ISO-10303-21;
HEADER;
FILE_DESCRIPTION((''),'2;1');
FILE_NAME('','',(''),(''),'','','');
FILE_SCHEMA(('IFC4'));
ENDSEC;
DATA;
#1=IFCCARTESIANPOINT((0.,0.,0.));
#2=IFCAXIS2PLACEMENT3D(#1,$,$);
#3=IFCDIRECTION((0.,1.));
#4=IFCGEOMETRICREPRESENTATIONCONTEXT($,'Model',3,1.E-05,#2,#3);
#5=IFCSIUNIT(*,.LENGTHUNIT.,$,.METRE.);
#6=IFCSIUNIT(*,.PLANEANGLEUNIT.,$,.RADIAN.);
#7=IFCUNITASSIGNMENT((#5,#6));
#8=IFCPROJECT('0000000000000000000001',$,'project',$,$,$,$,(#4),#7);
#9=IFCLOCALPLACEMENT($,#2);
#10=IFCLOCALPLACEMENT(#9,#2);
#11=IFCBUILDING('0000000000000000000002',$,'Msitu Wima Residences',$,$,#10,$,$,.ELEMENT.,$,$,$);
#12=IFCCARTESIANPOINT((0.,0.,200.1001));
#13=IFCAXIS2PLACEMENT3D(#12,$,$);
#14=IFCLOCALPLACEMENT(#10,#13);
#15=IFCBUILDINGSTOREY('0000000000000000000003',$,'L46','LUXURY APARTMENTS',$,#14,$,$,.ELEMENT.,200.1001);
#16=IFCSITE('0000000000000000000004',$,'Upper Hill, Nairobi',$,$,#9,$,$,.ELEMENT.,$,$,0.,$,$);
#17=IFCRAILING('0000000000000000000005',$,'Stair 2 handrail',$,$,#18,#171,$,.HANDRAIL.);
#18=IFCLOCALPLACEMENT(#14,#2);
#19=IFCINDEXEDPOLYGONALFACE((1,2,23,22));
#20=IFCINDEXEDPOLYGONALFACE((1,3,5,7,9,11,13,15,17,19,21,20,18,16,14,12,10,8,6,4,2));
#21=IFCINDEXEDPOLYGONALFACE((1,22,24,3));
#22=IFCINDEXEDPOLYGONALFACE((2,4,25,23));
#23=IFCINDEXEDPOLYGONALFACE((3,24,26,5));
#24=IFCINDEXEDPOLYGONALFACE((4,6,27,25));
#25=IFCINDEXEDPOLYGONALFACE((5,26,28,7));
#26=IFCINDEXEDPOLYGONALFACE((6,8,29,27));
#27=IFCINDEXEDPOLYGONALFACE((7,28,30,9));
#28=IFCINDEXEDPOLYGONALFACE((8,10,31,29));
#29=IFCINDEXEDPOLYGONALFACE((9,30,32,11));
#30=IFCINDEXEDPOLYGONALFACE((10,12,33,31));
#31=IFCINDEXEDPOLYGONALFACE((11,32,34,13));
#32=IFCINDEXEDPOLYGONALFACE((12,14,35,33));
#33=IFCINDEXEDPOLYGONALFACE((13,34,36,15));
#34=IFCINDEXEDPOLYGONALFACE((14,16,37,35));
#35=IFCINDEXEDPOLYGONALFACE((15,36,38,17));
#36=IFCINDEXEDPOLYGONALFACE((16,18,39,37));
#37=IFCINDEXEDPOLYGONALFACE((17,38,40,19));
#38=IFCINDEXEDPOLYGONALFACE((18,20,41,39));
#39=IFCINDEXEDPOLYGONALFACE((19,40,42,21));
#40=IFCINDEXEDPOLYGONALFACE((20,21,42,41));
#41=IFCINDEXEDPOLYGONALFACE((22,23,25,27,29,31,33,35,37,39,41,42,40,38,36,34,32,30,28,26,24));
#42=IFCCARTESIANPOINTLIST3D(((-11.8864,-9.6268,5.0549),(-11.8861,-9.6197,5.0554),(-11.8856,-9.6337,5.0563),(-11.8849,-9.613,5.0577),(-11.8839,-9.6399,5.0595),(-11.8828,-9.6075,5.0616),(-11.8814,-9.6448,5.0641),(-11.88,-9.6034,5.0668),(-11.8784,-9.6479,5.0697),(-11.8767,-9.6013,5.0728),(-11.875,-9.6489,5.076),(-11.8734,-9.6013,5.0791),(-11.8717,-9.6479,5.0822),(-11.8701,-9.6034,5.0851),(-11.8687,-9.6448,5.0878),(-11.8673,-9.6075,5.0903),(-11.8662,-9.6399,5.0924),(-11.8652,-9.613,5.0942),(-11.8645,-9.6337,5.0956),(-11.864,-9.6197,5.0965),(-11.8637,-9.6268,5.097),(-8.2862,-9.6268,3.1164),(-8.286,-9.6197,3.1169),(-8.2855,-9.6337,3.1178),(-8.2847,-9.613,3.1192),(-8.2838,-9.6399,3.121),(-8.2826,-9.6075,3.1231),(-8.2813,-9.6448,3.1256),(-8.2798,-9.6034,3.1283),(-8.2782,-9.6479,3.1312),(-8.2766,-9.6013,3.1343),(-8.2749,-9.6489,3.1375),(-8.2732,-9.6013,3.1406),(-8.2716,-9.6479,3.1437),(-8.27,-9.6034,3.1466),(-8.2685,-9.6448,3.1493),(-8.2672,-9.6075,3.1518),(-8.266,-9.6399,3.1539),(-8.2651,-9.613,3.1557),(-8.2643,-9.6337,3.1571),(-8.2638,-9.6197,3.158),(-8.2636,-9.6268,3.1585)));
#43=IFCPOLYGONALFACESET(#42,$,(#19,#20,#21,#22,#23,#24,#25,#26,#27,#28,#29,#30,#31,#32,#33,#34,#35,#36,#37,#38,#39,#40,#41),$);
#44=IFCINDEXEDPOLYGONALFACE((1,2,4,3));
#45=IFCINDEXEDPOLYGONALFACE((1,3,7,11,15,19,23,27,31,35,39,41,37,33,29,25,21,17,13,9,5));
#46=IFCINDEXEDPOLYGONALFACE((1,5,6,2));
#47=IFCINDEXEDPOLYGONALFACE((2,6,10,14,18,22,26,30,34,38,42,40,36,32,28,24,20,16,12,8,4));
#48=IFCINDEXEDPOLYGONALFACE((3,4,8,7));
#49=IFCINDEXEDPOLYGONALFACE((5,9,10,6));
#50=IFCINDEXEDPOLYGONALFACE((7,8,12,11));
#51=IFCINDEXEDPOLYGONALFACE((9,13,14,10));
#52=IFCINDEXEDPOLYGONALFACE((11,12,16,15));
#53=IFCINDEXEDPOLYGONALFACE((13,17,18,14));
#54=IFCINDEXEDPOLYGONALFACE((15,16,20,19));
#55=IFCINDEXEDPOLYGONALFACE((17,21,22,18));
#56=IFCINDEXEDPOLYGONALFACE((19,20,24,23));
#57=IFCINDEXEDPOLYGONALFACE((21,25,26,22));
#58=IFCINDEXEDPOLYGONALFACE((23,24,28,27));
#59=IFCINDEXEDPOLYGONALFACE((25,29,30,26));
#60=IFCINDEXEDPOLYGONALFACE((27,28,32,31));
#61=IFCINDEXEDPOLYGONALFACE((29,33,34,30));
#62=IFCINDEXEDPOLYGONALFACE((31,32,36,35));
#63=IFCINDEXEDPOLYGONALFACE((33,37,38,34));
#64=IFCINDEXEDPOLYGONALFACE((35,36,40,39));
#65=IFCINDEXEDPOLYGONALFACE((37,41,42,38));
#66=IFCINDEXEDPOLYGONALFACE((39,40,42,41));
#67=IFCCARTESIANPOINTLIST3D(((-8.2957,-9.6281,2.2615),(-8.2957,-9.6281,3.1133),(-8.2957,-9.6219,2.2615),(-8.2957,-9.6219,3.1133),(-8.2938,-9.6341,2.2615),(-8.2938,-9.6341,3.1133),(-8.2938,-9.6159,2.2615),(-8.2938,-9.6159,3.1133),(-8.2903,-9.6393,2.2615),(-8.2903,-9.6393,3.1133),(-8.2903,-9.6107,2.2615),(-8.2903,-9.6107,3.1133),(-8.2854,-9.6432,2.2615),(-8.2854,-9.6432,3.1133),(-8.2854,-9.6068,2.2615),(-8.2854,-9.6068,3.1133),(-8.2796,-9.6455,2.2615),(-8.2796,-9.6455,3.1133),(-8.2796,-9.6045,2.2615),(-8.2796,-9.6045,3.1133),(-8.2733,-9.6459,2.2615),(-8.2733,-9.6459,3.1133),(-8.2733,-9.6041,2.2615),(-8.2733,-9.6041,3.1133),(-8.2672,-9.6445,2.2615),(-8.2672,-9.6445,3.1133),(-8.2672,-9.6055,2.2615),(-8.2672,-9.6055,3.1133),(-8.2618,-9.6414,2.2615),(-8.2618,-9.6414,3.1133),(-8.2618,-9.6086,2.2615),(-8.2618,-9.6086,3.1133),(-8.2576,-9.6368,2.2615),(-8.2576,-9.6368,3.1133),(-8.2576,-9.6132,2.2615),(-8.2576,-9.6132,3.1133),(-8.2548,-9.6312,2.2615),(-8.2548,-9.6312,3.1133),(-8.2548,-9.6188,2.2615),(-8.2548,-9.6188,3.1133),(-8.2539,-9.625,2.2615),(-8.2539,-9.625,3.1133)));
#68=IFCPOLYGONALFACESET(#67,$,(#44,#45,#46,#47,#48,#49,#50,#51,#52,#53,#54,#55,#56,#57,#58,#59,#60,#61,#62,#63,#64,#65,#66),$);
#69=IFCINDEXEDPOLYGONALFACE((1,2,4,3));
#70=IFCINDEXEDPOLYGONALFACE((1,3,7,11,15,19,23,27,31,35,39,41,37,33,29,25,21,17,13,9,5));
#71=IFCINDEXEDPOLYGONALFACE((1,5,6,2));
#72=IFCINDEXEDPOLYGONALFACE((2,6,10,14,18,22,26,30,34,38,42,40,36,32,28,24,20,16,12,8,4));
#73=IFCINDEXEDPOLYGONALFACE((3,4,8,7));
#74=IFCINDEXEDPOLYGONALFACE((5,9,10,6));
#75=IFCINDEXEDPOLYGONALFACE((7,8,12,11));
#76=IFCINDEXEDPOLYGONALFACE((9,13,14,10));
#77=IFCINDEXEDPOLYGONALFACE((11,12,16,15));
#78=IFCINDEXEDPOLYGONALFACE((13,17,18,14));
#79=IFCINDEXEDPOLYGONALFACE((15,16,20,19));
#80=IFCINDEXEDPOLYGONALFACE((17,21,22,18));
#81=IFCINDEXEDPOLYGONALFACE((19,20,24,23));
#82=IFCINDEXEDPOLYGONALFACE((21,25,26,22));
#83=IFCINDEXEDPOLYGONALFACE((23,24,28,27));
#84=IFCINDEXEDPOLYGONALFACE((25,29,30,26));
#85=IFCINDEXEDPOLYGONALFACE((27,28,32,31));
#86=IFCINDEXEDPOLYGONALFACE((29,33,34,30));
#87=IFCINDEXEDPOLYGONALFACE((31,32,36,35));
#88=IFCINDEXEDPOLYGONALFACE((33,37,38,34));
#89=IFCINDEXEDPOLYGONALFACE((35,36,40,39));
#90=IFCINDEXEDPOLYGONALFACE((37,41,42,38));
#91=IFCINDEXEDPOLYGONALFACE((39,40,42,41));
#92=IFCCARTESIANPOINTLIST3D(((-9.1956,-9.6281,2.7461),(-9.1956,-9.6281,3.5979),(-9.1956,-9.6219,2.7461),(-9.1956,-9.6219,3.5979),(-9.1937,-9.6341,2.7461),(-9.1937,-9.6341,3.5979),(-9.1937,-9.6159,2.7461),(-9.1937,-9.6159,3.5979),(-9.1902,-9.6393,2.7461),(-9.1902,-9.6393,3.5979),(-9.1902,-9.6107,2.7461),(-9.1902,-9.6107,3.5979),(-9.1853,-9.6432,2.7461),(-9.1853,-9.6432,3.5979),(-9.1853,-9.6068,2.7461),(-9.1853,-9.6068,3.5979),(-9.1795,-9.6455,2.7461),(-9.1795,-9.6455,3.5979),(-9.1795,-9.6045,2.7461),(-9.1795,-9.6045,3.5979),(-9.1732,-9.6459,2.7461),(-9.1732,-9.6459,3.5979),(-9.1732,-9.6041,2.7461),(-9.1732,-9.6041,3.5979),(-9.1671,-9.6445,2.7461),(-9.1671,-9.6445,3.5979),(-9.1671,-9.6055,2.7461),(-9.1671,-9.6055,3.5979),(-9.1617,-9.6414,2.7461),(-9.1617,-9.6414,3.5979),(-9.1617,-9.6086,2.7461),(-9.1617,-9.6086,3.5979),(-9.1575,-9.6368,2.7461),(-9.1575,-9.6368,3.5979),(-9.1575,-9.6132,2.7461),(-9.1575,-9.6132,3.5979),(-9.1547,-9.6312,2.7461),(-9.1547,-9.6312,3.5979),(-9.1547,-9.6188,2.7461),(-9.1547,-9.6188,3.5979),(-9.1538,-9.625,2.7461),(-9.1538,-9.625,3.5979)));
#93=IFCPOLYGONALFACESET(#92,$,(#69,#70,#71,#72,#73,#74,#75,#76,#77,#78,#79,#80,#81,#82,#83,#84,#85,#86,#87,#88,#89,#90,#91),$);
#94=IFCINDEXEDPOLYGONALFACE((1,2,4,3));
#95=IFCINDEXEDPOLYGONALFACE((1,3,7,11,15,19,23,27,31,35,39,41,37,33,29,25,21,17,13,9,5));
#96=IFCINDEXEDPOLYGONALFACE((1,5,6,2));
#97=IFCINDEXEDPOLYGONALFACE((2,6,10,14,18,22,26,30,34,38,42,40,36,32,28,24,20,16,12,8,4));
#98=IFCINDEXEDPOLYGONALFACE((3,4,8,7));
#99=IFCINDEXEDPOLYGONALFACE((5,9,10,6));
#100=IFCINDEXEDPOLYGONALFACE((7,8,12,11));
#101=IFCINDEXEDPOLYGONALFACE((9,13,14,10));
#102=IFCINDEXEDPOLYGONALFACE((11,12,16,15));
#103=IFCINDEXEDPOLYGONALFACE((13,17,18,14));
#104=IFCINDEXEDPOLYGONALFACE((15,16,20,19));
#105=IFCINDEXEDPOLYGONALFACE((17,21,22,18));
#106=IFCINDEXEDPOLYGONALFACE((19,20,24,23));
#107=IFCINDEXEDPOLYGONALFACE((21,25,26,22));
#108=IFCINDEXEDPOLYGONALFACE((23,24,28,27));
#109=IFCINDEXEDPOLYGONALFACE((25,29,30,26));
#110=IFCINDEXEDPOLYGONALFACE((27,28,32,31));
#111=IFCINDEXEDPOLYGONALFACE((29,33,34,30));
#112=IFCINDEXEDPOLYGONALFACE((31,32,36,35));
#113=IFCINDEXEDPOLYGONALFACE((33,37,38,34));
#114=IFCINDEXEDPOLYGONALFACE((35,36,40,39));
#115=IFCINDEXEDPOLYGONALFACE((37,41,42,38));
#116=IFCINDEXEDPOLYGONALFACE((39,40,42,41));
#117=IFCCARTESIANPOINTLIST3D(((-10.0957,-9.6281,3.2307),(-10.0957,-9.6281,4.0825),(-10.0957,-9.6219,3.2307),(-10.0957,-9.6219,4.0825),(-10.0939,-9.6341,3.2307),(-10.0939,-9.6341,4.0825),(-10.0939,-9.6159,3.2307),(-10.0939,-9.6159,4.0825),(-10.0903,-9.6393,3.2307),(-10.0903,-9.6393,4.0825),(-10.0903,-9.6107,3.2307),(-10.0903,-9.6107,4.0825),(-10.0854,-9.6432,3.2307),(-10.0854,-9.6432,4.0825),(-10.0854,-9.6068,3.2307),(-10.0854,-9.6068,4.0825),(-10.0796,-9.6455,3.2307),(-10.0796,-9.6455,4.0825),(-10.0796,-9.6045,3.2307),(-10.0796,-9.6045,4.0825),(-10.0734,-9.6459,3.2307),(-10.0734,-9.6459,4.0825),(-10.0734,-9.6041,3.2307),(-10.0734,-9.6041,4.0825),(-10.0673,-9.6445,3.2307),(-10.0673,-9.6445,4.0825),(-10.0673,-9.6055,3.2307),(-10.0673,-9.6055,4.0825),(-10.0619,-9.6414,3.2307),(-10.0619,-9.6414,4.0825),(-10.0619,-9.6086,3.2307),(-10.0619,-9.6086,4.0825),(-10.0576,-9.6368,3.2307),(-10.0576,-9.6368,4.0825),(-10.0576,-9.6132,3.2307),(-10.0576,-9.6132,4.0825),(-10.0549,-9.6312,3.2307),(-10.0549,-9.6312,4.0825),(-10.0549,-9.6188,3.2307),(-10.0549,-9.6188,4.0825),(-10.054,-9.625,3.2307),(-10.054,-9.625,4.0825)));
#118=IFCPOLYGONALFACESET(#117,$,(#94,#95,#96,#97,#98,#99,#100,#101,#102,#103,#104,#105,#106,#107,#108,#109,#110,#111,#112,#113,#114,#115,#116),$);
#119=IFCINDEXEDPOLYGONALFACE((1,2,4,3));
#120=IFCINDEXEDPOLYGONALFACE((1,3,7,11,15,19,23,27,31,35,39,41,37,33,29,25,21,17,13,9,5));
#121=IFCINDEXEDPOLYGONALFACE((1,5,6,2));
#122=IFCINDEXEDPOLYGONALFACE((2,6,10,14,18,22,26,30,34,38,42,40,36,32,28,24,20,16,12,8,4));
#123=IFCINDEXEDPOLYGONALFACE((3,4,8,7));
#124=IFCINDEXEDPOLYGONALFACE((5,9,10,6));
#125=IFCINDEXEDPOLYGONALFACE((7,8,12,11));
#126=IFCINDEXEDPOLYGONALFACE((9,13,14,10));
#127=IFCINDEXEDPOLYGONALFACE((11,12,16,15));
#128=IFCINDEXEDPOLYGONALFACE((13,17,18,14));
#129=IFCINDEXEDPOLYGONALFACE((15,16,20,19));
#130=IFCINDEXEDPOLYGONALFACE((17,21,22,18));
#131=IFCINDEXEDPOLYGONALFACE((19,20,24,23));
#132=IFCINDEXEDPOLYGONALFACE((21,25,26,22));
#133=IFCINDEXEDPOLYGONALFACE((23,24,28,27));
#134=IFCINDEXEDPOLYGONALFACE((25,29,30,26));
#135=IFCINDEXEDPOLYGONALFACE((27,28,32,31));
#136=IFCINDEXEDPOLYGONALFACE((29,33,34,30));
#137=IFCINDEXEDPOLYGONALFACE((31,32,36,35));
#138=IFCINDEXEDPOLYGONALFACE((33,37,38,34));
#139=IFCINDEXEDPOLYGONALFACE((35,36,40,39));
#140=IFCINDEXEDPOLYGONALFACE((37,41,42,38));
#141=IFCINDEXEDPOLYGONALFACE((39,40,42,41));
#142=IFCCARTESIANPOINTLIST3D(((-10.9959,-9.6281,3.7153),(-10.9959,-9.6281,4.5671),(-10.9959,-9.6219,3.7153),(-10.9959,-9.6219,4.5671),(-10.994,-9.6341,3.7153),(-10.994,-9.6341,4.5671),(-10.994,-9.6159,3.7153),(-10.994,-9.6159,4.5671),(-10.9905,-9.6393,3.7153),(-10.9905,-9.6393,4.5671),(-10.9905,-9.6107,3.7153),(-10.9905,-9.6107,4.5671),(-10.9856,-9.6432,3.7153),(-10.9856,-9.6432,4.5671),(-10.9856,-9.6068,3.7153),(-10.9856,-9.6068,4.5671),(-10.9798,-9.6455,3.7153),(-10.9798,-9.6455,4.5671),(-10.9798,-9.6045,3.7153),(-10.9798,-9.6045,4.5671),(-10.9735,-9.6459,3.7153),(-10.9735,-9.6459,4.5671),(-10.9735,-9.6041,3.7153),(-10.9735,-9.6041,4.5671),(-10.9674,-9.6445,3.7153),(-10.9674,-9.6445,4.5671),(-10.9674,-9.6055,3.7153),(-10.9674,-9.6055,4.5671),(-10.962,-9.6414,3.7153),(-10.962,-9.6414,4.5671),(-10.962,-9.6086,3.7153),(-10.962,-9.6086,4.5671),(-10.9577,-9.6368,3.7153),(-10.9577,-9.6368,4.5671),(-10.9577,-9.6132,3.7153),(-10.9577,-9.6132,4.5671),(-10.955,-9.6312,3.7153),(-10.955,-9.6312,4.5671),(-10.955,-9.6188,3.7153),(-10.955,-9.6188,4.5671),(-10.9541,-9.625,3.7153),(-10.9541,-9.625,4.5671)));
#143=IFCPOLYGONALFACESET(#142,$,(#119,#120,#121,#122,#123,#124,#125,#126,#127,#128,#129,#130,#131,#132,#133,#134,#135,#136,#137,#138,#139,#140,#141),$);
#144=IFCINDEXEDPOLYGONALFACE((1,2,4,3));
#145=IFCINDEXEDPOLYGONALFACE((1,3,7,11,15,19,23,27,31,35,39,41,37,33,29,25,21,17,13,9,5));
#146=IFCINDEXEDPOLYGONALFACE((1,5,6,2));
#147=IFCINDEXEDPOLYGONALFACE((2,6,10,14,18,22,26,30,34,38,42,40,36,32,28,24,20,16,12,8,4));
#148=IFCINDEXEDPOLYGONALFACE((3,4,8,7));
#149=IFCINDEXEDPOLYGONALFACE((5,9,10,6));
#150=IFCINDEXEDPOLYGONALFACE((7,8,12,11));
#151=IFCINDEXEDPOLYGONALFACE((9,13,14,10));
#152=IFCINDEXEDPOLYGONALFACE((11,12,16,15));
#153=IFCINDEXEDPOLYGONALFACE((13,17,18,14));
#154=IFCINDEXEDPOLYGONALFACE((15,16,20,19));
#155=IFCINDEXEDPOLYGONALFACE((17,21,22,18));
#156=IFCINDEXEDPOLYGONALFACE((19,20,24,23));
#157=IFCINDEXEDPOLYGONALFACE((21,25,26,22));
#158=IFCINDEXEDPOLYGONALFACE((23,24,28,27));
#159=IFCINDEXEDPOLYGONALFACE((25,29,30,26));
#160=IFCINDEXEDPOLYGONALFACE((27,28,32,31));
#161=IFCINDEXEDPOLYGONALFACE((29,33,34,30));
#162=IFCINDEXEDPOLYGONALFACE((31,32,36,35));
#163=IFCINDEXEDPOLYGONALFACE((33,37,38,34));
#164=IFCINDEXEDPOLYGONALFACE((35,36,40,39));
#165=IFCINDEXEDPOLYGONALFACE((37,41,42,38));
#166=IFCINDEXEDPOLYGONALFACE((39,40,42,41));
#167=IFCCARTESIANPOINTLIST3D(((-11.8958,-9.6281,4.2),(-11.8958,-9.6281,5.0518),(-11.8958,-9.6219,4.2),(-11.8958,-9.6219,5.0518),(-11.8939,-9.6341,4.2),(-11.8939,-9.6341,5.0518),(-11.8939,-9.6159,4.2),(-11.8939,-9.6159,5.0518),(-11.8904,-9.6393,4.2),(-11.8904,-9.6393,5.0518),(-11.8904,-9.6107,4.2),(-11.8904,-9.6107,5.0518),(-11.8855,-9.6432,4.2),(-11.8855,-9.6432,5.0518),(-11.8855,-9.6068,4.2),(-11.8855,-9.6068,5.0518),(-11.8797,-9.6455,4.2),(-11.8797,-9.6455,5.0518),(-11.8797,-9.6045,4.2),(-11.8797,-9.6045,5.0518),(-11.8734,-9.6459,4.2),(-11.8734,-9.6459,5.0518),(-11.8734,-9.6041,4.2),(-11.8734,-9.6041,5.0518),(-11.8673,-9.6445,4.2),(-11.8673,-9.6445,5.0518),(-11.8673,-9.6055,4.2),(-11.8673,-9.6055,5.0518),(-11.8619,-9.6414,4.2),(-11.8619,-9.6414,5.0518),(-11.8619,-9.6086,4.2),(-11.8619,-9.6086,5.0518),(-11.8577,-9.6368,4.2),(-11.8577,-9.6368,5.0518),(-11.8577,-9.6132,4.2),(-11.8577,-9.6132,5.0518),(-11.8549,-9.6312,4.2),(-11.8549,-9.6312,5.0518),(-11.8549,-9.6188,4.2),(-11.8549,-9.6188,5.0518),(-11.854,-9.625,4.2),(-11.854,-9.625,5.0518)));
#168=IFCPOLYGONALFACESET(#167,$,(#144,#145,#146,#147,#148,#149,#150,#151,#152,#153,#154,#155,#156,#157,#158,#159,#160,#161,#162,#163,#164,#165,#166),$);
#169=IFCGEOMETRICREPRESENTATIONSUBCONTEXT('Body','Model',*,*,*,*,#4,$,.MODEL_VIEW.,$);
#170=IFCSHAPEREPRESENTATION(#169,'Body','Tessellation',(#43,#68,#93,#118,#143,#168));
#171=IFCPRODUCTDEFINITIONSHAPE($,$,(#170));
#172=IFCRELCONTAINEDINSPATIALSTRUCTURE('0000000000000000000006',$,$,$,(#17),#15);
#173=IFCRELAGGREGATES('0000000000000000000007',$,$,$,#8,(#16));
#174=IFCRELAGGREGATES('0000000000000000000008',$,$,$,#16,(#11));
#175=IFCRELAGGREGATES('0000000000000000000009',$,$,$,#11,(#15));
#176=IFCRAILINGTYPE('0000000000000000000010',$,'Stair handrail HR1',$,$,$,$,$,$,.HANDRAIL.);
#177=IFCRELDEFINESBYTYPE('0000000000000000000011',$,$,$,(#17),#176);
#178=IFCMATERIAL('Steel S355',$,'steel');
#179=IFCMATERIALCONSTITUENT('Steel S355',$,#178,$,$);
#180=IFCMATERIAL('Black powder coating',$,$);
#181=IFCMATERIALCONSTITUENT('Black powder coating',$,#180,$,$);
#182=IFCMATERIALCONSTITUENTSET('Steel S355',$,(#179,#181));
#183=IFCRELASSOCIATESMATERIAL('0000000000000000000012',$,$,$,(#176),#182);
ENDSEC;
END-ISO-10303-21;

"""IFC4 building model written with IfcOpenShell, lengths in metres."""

from ifc_helpers import new_model, si_unit, direction, frame, origin, origin_2d, place, context, subcontext, project, spatial, circle, extrude, material, constituent, constituent_set, type_object, element, save


model = new_model("IFC4")

# Units and contexts
model_context = context("Model", 3, precision=1e-05, world=origin(), true_north=direction((0.0, 1.0)))
body_context = subcontext(model_context, "Body", "Model", "MODEL_VIEW")
ifc_project = project(units=[si_unit("LENGTHUNIT", "METRE"), si_unit("PLANEANGLEUNIT", "RADIAN")], contexts=[model_context])

# Site, building, storey
site_placement = place(None, origin())
site = spatial("IfcSite", under=ifc_project, at=site_placement, Name="Upper Hill, Nairobi", CompositionType="ELEMENT", RefElevation=0.0)
building_placement = place(site_placement, origin())
building = spatial("IfcBuilding", under=site, at=building_placement, Name="Msitu Wima Residences", CompositionType="ELEMENT")
storey_placement = place(building_placement, frame((0.0, 0.0, 200.1001)))
storey = spatial("IfcBuildingStorey", under=building, at=storey_placement, Name="L46", Description="LUXURY APARTMENTS", CompositionType="ELEMENT", Elevation=200.1001)

# Railing
ifc_material_1 = material(Name="Steel S355", Category="steel")
ifc_constituent_1 = constituent(ifc_material_1, Name="Steel S355")
ifc_material_2 = material(Name="Black powder coating")
ifc_constituent_2 = constituent(ifc_material_2, Name="Black powder coating")
ifc_constituent_set = constituent_set(constituents=[ifc_constituent_1, ifc_constituent_2], Name="Steel S355")
railing_type = type_object("IfcRailingType", Name="Stair handrail HR1", PredefinedType="HANDRAIL", material=ifc_constituent_set)
for number, where, name in (
    (1, (-8.2749, -9.625, 2.2615), "Stair 2 handrail"),
):
    element("IfcRailing", number, at=place(storey_placement, frame(where)), inside=storey, type_object=railing_type, Name=name, PredefinedType="HANDRAIL", context=body_context, shape_type="SweptSolid", body=[
        extrude(circle(Radius=0.0239, at=origin_2d()), frame((0.0, 0.0, 0.876), z_axis=(-0.880475, 0.0, 0.474093), x_axis=(0.0, -1.0, 0.0)), (0.0, 0.0, 1.0), 4.0889),
        extrude(circle(Radius=0.021, at=origin_2d()), origin(), (0.0, 0.0, 1.0), 0.8518),
        extrude(circle(Radius=0.021, at=origin_2d()), frame((-0.8999, 0.0, 0.4846)), (0.0, 0.0, 1.0), 0.8518),
        extrude(circle(Radius=0.021, at=origin_2d()), frame((-1.8, 0.0, 0.9692)), (0.0, 0.0, 1.0), 0.8518),
        extrude(circle(Radius=0.021, at=origin_2d()), frame((-2.7002, 0.0, 1.4539)), (0.0, 0.0, 1.0), 0.8518),
        extrude(circle(Radius=0.021, at=origin_2d()), frame((-3.6001, 0.0, 1.9385)), (0.0, 0.0, 1.0), 0.8518),
    ])

save(model, "model.ifc")
